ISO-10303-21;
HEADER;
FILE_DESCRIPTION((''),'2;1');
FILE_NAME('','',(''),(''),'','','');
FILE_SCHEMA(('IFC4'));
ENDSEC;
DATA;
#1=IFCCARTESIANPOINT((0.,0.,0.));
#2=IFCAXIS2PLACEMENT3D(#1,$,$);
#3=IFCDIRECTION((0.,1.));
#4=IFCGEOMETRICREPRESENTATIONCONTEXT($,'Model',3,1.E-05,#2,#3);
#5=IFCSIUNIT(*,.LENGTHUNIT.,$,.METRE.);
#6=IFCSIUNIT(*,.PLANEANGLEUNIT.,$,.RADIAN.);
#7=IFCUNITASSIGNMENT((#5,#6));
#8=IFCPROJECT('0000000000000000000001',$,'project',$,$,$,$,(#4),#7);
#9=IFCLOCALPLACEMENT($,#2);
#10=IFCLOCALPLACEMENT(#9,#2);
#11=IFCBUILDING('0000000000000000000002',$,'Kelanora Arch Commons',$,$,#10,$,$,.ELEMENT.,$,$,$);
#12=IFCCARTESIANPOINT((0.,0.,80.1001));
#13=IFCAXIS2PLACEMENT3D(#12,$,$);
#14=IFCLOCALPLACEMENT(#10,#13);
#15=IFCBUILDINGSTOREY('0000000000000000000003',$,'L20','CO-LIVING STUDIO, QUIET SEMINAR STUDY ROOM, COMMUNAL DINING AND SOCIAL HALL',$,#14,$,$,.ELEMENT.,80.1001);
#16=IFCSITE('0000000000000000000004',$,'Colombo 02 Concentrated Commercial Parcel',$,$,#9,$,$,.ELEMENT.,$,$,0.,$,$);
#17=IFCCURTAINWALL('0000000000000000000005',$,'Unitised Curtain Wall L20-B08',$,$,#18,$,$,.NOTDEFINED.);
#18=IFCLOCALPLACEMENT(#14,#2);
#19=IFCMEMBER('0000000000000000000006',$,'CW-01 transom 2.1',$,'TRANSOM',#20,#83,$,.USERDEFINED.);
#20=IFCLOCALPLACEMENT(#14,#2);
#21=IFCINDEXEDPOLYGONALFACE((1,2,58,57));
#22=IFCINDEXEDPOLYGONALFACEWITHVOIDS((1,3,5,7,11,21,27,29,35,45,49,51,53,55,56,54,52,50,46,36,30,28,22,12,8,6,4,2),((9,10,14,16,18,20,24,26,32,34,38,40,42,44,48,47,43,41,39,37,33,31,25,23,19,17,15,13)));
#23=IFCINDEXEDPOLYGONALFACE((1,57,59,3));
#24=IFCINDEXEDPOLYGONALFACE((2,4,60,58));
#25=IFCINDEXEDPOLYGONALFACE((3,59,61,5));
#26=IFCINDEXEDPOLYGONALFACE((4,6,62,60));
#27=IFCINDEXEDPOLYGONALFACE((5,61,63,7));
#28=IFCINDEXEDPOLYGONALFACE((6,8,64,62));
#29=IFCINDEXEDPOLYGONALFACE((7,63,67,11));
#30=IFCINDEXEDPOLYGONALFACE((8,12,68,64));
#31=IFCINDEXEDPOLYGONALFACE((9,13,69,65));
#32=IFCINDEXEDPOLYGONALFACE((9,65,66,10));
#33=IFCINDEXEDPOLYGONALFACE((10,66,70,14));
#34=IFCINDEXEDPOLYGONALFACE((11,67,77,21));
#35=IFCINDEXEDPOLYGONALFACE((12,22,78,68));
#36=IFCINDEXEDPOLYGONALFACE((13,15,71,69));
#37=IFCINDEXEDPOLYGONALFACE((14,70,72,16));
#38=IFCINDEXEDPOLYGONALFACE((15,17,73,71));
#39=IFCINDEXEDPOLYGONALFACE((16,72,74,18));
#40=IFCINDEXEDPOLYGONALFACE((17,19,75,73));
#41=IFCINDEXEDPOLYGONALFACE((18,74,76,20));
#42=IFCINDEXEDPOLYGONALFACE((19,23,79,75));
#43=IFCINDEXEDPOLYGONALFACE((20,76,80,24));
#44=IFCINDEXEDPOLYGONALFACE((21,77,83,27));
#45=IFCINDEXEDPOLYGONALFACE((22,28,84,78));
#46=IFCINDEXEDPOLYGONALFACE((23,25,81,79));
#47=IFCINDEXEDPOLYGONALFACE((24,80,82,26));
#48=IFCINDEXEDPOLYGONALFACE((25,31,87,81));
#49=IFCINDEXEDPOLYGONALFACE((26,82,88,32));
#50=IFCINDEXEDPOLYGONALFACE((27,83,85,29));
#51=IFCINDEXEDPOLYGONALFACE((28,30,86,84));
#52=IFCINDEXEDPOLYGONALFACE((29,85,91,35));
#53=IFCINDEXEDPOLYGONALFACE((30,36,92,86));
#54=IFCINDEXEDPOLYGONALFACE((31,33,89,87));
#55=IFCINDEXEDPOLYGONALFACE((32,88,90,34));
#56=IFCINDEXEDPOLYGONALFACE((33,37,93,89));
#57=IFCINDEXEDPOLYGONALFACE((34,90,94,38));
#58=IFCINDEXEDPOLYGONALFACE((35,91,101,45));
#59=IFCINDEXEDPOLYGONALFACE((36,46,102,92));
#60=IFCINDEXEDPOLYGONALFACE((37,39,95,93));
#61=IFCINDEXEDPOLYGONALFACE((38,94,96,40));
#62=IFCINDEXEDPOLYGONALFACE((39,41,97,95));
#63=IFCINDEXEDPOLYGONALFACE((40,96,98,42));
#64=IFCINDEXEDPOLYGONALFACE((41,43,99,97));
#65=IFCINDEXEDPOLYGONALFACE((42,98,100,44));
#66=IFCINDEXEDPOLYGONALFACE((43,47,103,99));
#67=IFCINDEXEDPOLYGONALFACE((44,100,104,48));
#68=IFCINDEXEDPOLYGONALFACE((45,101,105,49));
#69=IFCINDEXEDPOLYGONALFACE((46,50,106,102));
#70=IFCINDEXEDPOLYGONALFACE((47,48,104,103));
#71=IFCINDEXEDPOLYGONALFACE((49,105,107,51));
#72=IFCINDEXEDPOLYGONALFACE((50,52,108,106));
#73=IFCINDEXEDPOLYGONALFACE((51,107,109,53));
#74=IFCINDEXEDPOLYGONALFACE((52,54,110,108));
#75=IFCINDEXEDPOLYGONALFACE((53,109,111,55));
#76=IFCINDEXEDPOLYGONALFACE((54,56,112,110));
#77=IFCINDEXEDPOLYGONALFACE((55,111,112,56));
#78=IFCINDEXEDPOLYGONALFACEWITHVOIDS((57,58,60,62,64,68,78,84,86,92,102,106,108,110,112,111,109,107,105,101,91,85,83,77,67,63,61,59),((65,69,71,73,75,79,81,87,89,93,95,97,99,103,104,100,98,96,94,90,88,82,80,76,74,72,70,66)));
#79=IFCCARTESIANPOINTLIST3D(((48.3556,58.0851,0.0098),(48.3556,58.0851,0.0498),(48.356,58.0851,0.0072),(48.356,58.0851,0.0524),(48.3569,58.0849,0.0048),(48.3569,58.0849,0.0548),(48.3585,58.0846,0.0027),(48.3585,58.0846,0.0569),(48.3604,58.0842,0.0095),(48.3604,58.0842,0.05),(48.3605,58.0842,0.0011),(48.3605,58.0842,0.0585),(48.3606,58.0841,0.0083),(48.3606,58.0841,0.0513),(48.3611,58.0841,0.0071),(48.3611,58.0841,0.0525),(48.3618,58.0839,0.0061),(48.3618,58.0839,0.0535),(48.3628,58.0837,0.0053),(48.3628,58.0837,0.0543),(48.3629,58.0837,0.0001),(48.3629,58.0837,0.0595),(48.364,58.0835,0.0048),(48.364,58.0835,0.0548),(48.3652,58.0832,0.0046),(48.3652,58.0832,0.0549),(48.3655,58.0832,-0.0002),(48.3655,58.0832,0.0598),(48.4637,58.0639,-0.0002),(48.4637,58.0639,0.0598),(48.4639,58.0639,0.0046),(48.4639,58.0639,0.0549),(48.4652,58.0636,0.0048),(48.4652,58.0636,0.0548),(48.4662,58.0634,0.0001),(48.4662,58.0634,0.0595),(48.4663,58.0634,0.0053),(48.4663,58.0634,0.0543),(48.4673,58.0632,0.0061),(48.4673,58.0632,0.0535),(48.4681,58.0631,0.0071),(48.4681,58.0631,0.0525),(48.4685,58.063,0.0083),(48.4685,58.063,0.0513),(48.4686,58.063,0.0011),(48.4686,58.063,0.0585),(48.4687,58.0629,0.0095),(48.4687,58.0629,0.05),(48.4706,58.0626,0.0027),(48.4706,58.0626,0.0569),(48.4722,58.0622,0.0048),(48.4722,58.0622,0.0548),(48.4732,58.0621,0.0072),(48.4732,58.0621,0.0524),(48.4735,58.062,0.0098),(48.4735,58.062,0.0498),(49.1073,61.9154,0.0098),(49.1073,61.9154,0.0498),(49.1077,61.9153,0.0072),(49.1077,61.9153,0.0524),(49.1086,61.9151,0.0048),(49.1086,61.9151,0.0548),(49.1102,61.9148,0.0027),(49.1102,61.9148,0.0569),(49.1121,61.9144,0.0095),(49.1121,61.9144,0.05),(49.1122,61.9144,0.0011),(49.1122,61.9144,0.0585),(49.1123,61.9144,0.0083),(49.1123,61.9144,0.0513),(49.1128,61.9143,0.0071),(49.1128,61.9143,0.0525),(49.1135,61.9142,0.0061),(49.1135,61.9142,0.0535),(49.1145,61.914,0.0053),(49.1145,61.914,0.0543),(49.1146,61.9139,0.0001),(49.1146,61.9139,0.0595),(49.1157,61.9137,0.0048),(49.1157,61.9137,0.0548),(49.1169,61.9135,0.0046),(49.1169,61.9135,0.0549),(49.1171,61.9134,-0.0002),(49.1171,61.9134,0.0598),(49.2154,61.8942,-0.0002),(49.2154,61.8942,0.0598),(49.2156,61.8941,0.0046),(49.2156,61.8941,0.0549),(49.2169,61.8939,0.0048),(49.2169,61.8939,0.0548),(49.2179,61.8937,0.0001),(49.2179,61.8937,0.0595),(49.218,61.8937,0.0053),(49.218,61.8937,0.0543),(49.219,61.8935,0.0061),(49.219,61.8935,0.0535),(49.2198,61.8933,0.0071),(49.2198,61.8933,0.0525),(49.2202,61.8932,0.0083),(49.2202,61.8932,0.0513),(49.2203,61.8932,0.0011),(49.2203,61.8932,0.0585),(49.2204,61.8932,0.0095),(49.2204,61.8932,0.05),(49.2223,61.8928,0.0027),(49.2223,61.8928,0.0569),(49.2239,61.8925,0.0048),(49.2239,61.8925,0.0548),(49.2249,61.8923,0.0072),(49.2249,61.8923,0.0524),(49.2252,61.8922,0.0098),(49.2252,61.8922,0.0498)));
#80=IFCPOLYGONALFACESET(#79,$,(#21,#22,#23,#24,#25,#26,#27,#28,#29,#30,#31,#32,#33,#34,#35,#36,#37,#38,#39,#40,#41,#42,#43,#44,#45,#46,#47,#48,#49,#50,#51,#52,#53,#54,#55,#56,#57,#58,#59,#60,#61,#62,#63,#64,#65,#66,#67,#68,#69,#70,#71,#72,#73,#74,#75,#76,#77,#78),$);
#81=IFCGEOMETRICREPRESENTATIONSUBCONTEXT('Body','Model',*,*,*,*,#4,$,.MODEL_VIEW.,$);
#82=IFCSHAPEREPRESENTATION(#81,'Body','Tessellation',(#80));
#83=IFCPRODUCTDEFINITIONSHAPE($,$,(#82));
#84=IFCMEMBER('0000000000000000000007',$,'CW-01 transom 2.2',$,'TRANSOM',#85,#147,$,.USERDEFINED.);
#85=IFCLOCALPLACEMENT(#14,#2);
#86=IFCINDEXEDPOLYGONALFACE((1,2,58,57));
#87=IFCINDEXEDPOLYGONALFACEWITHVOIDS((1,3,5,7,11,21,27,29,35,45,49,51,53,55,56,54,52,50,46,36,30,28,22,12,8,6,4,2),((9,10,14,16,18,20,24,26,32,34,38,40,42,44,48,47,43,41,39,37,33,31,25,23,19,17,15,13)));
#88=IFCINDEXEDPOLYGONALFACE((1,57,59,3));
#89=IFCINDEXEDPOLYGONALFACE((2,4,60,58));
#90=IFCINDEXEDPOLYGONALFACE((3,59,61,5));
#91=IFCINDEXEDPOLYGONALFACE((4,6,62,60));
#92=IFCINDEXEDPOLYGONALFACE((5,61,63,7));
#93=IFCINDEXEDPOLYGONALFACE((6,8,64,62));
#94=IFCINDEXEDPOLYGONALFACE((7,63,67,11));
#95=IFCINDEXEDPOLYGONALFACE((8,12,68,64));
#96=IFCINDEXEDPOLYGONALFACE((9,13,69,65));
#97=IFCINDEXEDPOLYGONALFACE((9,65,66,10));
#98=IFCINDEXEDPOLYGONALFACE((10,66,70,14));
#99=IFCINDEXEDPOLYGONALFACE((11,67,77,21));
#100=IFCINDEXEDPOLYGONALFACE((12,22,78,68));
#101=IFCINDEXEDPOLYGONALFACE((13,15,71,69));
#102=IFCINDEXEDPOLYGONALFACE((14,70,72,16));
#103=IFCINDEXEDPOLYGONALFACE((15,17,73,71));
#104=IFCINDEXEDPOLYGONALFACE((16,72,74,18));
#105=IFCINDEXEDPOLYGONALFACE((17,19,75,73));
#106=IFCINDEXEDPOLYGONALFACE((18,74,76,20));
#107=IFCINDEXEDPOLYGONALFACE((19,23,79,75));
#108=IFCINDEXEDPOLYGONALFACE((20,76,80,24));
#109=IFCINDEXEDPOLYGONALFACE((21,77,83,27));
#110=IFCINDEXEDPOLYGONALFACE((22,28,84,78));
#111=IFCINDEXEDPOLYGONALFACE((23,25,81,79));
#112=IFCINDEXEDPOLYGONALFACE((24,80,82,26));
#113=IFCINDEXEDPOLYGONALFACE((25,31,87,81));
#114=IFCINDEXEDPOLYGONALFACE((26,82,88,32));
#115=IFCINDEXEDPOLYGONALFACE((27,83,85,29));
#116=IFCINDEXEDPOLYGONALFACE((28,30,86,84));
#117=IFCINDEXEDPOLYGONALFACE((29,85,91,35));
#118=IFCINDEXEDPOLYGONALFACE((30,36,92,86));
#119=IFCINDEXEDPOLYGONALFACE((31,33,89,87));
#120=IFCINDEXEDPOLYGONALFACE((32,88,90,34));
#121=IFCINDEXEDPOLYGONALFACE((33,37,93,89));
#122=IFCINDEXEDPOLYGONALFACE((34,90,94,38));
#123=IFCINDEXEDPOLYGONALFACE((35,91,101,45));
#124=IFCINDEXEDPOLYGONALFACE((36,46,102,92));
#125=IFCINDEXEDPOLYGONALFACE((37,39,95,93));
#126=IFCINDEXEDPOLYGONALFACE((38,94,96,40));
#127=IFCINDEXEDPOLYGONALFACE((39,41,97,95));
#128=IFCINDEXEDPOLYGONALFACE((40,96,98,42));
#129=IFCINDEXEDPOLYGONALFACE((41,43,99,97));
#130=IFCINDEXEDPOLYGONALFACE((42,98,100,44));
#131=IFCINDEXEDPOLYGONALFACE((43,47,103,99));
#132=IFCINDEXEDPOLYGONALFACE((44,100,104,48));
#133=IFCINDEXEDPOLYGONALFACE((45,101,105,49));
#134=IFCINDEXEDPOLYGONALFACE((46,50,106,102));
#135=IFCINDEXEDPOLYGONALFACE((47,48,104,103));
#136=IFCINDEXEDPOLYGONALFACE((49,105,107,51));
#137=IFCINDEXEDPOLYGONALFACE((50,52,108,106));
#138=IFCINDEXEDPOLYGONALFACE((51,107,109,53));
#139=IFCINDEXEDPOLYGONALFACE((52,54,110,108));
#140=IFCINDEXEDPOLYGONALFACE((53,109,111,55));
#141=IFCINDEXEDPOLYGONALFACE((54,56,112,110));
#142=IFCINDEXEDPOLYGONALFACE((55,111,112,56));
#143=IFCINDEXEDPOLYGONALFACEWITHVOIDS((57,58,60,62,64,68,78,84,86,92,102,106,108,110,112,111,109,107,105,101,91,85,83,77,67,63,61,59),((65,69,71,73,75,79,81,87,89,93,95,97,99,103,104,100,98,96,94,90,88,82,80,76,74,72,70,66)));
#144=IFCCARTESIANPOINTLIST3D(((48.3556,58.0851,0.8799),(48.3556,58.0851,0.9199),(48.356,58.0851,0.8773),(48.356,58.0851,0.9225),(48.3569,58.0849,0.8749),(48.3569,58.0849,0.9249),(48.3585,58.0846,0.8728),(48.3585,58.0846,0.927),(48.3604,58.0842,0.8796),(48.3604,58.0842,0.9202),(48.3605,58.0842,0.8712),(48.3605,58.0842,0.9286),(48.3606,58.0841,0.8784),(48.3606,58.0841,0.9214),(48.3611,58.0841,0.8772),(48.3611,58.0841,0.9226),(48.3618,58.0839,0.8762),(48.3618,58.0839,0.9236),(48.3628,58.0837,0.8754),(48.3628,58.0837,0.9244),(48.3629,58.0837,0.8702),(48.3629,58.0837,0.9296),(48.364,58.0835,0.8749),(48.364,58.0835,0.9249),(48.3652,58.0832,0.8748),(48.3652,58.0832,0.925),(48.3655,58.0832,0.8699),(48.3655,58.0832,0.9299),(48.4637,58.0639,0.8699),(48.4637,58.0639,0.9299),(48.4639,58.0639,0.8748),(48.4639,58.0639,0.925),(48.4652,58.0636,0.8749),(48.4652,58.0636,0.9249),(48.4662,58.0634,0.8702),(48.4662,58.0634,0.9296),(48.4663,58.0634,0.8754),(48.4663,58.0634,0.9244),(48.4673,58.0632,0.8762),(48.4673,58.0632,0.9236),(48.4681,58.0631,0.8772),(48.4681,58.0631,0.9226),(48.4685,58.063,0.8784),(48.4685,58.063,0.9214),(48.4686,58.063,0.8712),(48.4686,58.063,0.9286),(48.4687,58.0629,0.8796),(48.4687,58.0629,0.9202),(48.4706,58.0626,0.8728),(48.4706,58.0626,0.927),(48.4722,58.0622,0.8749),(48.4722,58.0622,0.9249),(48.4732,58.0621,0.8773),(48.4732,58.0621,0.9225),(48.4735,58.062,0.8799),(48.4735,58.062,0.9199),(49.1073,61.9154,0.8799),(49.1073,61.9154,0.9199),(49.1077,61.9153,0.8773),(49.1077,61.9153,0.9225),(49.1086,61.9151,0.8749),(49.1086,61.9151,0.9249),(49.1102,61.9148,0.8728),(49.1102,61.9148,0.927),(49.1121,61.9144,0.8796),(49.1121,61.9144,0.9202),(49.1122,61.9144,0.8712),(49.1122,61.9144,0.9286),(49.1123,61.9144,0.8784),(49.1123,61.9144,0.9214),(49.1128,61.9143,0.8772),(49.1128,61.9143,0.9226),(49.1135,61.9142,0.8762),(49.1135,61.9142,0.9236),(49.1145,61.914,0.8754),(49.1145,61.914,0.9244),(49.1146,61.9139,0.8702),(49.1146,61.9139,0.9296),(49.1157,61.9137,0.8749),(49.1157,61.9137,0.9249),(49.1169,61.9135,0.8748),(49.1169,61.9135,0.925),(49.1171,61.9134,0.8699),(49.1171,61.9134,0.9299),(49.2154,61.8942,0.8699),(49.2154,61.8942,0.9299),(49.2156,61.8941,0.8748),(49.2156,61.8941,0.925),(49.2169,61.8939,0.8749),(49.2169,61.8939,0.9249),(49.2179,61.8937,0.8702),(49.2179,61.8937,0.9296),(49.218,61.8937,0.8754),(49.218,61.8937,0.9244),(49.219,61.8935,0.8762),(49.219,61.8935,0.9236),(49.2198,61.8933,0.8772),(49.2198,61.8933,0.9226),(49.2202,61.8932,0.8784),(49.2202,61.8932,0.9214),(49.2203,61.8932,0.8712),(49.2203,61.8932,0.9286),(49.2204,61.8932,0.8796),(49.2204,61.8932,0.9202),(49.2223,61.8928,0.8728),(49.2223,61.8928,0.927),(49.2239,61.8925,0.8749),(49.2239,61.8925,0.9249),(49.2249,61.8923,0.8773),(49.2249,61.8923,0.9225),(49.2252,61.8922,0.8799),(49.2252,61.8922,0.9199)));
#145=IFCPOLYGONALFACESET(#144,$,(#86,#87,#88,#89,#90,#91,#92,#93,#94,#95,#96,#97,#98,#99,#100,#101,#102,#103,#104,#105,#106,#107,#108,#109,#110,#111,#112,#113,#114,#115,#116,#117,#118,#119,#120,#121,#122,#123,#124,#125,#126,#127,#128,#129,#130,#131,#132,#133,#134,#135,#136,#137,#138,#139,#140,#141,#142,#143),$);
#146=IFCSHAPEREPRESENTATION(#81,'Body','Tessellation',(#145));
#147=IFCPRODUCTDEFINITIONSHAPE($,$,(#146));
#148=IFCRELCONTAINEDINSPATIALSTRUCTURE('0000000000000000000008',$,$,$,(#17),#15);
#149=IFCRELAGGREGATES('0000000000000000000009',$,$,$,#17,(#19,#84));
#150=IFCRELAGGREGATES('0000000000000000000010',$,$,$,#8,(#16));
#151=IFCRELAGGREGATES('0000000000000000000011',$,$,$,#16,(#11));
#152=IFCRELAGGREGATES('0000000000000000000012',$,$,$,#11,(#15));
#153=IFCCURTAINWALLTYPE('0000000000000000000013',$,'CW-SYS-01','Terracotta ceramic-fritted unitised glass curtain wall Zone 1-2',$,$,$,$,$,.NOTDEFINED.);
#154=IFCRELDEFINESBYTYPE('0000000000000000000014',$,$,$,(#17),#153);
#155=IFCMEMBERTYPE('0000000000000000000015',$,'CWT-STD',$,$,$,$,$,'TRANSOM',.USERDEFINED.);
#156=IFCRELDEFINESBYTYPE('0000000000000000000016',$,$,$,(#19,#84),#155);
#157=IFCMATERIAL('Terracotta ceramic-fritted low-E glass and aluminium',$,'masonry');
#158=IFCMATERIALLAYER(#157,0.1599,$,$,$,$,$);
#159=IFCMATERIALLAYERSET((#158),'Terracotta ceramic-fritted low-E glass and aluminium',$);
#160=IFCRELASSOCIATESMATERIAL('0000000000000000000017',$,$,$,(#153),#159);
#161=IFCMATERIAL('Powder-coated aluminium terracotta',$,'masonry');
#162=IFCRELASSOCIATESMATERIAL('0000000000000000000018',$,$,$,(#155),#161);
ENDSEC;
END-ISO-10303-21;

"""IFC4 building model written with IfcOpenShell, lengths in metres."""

from ifc_helpers import new_model, si_unit, direction, frame, origin, origin_2d, place, context, subcontext, project, spatial, hollow_rectangle, extrude, material, layer, layer_set, material_profile, profile_set, type_object, element, aggregate, save


model = new_model("IFC4")

# Units and contexts
model_context = context("Model", 3, precision=1e-05, world=origin(), true_north=direction((0.0, 1.0)))
body_context = subcontext(model_context, "Body", "Model", "MODEL_VIEW")
ifc_project = project(units=[si_unit("LENGTHUNIT", "METRE"), si_unit("PLANEANGLEUNIT", "RADIAN")], contexts=[model_context])

# Site, building, storey
site_placement = place(None, origin())
site = spatial("IfcSite", under=ifc_project, at=site_placement, Name="Colombo 02 Concentrated Commercial Parcel", CompositionType="ELEMENT", RefElevation=0.0)
building_placement = place(site_placement, origin())
building = spatial("IfcBuilding", under=site, at=building_placement, Name="Kelanora Arch Commons", CompositionType="ELEMENT")
storey_placement = place(building_placement, frame((0.0, 0.0, 80.1001)))
storey = spatial("IfcBuildingStorey", under=building, at=storey_placement, Name="L20", Description="CO-LIVING STUDIO, QUIET SEMINAR STUDY ROOM, COMMUNAL DINING AND SOCIAL HALL", CompositionType="ELEMENT", Elevation=80.1001)

# Curtain wall, members
ifc_material_1 = material(Name="Terracotta ceramic-fritted low-E glass and aluminium", Category="masonry")
ifc_layer_1 = layer(ifc_material_1, 0.1599)
ifc_layer_set_1 = layer_set([ifc_layer_1], Name="Terracotta ceramic-fritted low-E glass and aluminium")
curtain_wall_type = type_object("IfcCurtainWallType", Name="CW-SYS-01", Description="Terracotta ceramic-fritted unitised glass curtain wall Zone 1-2", PredefinedType="NOTDEFINED", material=ifc_layer_set_1)
curtain_wall_placement = place(storey_placement, origin())
curtain_wall = element("IfcCurtainWall", 1, at=curtain_wall_placement, inside=storey, type_object=curtain_wall_type, Name="Unitised Curtain Wall L20-B08", PredefinedType="NOTDEFINED")
ifc_material_2 = material(Name="Powder-coated aluminium terracotta", Category="masonry")
ifc_material_profile_1 = material_profile(ifc_material_2, hollow_rectangle(XDim=0.1201, YDim=0.0601, WallThickness=0.0049, InnerFilletRadius=0.0049, OuterFilletRadius=0.01, at=origin_2d()), Name="CWT120x60")
ifc_profile_set_1 = profile_set([ifc_material_profile_1], Name="Powder-coated aluminium terracotta")
member_type_1 = type_object("IfcMemberType", Name="CWT-STD", ElementType="TRANSOM", PredefinedType="USERDEFINED", material=ifc_profile_set_1)
member_1_placement = place(storey_placement, frame((49.1663, 61.9038, 0.0298), z_axis=(-0.192579, -0.981282, 0.0), x_axis=(0.981282, -0.192579, 0.0)))
member_1 = element("IfcMember", 2, at=member_1_placement, type_object=member_type_1, Name="CW-01 transom 2.1", ObjectType="TRANSOM", PredefinedType="USERDEFINED", context=body_context, shape_type="SweptSolid", body=[
    extrude(hollow_rectangle(XDim=0.1201, YDim=0.0601, WallThickness=0.0049, InnerFilletRadius=0.0049, OuterFilletRadius=0.01, at=origin_2d()), origin(), (0.0, 0.0, 1.0), 3.9033),
])
member_2_placement = place(storey_placement, frame((49.1663, 61.9038, 0.8999), z_axis=(-0.192579, -0.981282, 0.0), x_axis=(0.981282, -0.192579, 0.0)))
member_2 = element("IfcMember", 3, at=member_2_placement, type_object=member_type_1, Name="CW-01 transom 2.2", ObjectType="TRANSOM", PredefinedType="USERDEFINED", context=body_context, shape_type="SweptSolid", body=[
    extrude(hollow_rectangle(XDim=0.1201, YDim=0.0601, WallThickness=0.0049, InnerFilletRadius=0.0049, OuterFilletRadius=0.01, at=origin_2d()), origin(), (0.0, 0.0, 1.0), 3.9033),
])
aggregate(curtain_wall, [member_1, member_2])

save(model, "model.ifc")
